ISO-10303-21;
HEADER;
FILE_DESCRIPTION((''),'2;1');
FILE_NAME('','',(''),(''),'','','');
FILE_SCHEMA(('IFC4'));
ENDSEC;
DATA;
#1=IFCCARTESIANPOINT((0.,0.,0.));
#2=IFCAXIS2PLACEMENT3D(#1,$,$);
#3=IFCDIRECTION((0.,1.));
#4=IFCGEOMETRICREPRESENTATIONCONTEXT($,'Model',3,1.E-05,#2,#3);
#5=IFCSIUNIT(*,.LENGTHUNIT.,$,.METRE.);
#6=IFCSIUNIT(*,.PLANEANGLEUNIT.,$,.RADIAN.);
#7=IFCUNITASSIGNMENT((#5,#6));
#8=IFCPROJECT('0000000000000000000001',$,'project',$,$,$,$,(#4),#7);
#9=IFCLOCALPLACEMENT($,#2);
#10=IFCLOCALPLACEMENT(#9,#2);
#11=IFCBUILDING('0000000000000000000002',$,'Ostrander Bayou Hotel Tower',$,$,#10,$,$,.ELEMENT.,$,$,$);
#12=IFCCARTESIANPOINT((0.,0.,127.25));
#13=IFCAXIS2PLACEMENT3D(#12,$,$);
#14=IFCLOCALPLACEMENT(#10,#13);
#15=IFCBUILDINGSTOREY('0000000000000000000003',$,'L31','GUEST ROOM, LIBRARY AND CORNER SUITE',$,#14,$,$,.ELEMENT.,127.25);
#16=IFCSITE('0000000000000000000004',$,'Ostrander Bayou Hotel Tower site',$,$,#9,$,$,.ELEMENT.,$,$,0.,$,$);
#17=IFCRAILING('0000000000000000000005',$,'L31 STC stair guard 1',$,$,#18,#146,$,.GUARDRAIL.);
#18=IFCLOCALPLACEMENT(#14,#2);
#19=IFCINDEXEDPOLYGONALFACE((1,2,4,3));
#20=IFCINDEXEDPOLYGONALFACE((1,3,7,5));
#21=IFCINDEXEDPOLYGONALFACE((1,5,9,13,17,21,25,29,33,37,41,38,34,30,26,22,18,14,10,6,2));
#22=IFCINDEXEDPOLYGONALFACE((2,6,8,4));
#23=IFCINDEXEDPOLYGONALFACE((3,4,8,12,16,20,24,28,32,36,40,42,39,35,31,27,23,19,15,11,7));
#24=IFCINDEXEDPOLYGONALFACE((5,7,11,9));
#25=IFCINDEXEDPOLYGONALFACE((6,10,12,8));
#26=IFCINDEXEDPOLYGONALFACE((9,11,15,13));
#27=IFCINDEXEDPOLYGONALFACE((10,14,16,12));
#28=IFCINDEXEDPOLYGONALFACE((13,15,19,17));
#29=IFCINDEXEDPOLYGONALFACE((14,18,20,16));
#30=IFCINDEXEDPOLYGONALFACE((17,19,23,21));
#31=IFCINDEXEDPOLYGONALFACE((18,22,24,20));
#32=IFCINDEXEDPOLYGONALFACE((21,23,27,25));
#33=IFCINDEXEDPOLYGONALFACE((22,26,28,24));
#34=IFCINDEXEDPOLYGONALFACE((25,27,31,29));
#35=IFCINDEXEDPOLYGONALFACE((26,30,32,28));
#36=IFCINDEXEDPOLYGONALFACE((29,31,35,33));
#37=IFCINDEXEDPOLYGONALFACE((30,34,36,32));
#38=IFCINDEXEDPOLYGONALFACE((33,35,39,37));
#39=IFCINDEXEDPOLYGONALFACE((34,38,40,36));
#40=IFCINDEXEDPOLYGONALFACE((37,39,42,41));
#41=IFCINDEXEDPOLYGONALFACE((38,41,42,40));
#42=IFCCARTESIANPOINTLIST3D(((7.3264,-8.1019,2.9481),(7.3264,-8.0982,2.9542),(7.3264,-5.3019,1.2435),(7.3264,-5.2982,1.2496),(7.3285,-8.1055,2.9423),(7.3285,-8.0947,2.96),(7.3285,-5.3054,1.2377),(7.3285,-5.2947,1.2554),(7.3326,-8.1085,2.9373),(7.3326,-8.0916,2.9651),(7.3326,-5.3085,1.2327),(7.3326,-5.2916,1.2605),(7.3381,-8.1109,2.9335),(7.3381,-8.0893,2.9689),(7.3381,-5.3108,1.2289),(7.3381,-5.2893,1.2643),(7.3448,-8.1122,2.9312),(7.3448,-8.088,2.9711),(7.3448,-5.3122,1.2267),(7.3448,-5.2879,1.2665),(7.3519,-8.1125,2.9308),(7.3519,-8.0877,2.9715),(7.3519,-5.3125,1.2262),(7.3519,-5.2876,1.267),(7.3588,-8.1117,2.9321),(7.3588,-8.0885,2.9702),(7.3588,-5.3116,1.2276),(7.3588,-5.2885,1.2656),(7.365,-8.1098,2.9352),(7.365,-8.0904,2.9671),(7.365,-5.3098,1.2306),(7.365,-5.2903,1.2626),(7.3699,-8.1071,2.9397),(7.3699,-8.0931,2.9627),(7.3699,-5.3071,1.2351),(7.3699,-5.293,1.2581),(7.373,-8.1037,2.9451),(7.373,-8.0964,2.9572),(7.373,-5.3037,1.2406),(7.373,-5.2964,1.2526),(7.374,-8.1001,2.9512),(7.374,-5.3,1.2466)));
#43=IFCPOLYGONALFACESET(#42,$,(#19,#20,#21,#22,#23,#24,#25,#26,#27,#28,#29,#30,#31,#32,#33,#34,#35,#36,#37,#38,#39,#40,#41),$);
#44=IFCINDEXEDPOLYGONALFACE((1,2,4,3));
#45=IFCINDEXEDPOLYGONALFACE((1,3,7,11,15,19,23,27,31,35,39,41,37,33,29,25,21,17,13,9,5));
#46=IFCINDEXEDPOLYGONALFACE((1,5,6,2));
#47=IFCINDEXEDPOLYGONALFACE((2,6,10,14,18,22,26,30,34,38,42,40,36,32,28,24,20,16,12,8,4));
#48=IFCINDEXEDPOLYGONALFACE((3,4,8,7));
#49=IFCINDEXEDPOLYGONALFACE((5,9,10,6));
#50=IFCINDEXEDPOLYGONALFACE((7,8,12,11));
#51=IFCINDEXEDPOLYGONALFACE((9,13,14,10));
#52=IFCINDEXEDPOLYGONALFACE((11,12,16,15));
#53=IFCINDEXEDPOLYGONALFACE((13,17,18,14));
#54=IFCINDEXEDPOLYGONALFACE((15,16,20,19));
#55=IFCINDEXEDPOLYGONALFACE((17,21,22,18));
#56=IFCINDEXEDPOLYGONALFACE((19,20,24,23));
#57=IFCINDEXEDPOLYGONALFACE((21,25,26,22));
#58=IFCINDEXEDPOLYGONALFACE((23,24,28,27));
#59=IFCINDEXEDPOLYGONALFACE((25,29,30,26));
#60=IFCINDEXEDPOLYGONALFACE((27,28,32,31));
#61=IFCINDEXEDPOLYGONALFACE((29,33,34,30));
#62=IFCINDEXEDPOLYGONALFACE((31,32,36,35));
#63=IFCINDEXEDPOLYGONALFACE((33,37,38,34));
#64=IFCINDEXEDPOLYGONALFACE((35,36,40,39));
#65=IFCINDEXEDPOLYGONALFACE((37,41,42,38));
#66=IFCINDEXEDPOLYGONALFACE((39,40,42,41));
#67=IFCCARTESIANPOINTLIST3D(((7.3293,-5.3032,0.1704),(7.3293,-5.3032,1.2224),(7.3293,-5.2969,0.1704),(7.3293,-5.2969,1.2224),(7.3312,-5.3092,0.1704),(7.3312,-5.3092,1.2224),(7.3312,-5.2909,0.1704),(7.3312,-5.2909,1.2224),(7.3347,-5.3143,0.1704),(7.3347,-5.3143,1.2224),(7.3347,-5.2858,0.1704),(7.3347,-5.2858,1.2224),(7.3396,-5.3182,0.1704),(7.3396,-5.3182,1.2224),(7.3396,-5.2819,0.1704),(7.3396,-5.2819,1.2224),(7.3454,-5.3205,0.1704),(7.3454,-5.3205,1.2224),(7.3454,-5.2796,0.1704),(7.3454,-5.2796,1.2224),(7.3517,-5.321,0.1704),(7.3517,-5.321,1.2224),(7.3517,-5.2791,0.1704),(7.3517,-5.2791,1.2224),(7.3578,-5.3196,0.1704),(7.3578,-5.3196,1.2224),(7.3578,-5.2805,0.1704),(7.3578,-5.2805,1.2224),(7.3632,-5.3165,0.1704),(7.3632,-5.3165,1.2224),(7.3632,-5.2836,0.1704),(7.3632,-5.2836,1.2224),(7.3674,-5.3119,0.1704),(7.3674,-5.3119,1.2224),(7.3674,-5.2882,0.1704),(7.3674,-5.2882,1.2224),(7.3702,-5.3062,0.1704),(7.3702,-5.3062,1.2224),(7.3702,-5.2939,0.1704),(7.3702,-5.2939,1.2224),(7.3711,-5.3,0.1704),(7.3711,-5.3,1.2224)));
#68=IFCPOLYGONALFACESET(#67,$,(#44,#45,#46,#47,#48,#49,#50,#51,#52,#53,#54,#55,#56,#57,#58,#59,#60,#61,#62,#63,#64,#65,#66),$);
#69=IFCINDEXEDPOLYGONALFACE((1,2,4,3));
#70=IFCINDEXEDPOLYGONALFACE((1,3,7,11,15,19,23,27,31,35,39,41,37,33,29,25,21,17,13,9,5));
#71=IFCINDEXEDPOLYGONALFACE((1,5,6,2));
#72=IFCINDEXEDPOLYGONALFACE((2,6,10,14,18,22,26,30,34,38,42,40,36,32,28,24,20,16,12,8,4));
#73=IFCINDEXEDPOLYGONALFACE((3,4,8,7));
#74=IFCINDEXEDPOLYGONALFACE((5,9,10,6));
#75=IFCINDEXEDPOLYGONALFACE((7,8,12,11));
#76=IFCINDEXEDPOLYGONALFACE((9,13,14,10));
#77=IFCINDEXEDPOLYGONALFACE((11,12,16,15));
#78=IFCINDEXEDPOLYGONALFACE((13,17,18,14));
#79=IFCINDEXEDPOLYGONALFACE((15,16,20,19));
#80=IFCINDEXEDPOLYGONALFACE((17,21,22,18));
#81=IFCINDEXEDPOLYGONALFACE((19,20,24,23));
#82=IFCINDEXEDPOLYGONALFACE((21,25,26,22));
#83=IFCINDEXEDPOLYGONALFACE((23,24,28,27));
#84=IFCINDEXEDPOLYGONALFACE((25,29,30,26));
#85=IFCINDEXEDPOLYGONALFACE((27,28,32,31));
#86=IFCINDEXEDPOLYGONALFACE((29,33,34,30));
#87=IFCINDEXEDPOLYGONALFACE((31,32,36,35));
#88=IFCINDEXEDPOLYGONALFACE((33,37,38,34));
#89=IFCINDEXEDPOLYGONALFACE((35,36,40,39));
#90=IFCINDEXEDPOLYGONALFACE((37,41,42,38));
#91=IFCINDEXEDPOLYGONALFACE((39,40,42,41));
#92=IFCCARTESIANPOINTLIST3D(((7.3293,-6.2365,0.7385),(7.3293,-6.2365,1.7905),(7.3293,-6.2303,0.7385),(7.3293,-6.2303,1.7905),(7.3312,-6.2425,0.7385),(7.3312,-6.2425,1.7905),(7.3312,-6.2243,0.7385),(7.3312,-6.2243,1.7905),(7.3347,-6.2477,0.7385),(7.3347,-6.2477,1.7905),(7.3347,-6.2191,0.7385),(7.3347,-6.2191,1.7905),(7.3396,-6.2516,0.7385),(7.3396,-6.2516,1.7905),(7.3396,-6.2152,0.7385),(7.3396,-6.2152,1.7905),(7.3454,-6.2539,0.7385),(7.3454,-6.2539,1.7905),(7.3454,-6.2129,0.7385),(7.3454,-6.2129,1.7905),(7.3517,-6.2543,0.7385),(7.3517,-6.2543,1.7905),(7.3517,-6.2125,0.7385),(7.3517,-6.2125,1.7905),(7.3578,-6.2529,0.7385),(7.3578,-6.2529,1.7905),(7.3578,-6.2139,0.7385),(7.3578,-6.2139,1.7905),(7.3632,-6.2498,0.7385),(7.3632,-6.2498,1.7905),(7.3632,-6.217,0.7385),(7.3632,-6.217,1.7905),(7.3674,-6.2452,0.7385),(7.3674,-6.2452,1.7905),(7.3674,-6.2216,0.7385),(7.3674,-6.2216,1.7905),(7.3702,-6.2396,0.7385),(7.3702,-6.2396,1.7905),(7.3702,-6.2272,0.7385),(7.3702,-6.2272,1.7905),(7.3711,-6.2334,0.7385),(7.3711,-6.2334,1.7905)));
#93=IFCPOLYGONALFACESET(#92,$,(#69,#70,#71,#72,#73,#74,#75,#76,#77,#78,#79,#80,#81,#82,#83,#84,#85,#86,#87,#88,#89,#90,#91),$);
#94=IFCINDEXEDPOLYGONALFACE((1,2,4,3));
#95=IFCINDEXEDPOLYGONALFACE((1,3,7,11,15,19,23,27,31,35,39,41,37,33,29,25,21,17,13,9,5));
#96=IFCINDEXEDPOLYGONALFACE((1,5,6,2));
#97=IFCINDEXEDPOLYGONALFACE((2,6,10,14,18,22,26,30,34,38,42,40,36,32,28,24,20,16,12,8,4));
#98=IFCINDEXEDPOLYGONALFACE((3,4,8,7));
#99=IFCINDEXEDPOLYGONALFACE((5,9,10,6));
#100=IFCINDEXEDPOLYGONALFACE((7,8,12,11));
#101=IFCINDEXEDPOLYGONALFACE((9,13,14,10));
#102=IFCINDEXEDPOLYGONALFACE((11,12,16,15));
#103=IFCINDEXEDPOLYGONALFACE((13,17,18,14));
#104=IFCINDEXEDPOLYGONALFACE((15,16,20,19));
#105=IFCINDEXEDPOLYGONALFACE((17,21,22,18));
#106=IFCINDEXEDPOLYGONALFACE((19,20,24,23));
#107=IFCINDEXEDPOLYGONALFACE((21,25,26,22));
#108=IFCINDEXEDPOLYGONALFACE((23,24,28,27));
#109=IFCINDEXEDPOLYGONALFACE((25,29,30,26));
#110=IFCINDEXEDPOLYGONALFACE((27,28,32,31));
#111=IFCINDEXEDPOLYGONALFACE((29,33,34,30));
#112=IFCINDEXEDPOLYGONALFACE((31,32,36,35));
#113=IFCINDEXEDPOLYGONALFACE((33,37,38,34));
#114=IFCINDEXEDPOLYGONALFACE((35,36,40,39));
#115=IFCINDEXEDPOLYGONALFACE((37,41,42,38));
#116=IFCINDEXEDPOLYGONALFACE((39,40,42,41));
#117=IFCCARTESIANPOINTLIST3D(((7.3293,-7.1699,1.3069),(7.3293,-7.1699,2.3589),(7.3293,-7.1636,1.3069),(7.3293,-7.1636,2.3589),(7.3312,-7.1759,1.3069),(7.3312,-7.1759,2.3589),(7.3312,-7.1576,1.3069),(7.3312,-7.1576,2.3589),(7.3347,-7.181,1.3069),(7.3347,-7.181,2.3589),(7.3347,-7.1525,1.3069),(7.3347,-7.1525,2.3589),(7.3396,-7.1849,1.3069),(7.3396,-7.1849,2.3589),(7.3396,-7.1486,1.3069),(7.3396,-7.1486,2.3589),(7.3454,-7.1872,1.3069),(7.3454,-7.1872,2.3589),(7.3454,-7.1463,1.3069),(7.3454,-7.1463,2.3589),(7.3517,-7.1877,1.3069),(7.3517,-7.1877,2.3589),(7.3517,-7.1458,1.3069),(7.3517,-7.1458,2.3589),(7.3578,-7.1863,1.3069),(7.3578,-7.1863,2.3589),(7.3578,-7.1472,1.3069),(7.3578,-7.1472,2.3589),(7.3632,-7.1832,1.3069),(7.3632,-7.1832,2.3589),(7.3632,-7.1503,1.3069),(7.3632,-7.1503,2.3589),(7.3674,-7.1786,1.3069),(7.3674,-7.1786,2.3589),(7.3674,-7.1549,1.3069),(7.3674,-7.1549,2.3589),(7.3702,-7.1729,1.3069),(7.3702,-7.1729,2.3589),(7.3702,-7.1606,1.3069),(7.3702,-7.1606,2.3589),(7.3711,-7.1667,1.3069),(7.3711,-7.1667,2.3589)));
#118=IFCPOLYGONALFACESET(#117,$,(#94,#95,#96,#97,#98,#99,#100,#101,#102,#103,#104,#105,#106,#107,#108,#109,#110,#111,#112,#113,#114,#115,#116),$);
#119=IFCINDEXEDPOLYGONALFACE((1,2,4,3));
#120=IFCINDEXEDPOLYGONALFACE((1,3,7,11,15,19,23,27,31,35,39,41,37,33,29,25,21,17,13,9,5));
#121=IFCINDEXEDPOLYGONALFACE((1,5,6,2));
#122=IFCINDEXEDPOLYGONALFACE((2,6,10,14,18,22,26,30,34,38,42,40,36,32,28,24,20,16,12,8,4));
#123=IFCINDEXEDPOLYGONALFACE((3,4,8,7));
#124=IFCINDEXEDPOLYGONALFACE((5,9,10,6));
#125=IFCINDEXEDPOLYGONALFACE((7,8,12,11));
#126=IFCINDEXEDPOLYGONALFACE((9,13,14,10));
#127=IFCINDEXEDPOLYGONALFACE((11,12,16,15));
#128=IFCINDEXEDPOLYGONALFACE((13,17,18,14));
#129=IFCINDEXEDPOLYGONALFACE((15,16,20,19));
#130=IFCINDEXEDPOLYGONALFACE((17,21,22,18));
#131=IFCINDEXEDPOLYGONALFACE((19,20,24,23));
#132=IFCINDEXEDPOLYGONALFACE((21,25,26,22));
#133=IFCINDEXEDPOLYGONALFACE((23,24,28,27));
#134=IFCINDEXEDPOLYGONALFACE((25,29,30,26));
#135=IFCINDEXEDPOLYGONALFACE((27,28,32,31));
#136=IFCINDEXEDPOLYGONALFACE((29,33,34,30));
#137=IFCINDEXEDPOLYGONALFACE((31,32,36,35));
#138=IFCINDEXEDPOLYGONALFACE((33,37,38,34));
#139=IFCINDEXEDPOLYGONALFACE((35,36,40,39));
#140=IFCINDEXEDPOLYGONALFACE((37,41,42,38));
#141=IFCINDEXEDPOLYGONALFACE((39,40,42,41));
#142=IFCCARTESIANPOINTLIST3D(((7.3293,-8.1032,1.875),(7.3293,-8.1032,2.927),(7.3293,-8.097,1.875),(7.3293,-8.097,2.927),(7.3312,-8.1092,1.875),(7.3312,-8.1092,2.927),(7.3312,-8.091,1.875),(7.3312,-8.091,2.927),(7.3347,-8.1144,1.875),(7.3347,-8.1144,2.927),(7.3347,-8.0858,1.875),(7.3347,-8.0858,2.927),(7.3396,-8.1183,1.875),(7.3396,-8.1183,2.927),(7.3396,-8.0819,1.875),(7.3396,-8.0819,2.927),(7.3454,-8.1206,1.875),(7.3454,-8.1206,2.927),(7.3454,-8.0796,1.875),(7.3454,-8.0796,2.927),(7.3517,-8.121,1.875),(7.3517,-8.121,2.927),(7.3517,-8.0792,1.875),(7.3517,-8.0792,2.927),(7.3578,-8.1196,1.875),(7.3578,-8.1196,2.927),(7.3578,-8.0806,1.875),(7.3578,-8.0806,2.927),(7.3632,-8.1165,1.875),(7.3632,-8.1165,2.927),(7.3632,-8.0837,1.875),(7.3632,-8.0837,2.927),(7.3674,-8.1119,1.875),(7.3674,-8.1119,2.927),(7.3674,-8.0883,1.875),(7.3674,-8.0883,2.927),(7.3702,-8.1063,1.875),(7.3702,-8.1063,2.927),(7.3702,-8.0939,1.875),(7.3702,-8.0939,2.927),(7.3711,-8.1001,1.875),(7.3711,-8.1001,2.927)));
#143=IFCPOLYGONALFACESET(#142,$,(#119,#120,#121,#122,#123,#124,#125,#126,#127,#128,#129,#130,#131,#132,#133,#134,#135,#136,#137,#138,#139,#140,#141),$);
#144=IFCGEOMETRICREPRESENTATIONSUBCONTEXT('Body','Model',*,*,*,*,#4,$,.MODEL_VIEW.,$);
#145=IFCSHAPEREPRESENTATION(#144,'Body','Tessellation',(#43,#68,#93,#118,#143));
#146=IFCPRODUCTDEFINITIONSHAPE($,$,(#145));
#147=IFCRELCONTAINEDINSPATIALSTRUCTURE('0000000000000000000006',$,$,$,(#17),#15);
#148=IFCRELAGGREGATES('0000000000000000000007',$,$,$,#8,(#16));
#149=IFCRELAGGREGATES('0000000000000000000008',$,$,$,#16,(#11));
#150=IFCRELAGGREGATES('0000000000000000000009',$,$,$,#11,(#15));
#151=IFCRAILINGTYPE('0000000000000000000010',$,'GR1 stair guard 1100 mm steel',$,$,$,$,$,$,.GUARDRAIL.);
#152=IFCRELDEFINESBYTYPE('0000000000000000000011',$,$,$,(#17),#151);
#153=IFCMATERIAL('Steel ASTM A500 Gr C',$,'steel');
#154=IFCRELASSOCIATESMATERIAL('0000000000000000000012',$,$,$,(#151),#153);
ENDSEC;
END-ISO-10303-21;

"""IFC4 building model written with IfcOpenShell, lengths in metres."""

from ifc_helpers import new_model, si_unit, direction, frame, origin, origin_2d, place, context, subcontext, project, spatial, circle, extrude, material, type_object, element, save


model = new_model("IFC4")

# Units and contexts
model_context = context("Model", 3, precision=1e-05, world=origin(), true_north=direction((0.0, 1.0)))
body_context = subcontext(model_context, "Body", "Model", "MODEL_VIEW")
ifc_project = project(units=[si_unit("LENGTHUNIT", "METRE"), si_unit("PLANEANGLEUNIT", "RADIAN")], contexts=[model_context])

# Site, building, storey
site_placement = place(None, origin())
site = spatial("IfcSite", under=ifc_project, at=site_placement, Name="Ostrander Bayou Hotel Tower site", CompositionType="ELEMENT", RefElevation=0.0)
building_placement = place(site_placement, origin())
building = spatial("IfcBuilding", under=site, at=building_placement, Name="Ostrander Bayou Hotel Tower", CompositionType="ELEMENT")
storey_placement = place(building_placement, frame((0.0, 0.0, 127.25)))
storey = spatial("IfcBuildingStorey", under=building, at=storey_placement, Name="L31", Description="GUEST ROOM, LIBRARY AND CORNER SUITE", CompositionType="ELEMENT", Elevation=127.25)

# Railing
ifc_material_1 = material(Name="Steel ASTM A500 Gr C", Category="steel")
railing_type_1 = type_object("IfcRailingType", Name="GR1 stair guard 1100 mm steel", PredefinedType="GUARDRAIL", material=ifc_material_1)
railing_1_placement = place(storey_placement, frame((7.3501, -5.3, 0.1704)))
element("IfcRailing", 1, at=railing_1_placement, inside=storey, type_object=railing_type_1, Name="L31 STC stair guard 1", PredefinedType="GUARDRAIL", context=body_context, shape_type="SweptSolid", body=[
    extrude(circle(Radius=0.0239, at=origin_2d()), frame((0.0, 0.0, 1.0762), z_axis=(0.0, -0.85417, 0.519994), x_axis=(1.0, 0.0, 0.0)), (0.0, 0.0, 1.0), 3.2781),
    extrude(circle(Radius=0.021, at=origin_2d()), origin(), (0.0, 0.0, 1.0), 1.052),
    extrude(circle(Radius=0.021, at=origin_2d()), frame((0.0, -0.9333, 0.5681)), (0.0, 0.0, 1.0), 1.052),
    extrude(circle(Radius=0.021, at=origin_2d()), frame((0.0, -1.8667, 1.1365)), (0.0, 0.0, 1.0), 1.052),
    extrude(circle(Radius=0.021, at=origin_2d()), frame((0.0, -2.8, 1.7046)), (0.0, 0.0, 1.0), 1.052),
])

save(model, "model.ifc")
